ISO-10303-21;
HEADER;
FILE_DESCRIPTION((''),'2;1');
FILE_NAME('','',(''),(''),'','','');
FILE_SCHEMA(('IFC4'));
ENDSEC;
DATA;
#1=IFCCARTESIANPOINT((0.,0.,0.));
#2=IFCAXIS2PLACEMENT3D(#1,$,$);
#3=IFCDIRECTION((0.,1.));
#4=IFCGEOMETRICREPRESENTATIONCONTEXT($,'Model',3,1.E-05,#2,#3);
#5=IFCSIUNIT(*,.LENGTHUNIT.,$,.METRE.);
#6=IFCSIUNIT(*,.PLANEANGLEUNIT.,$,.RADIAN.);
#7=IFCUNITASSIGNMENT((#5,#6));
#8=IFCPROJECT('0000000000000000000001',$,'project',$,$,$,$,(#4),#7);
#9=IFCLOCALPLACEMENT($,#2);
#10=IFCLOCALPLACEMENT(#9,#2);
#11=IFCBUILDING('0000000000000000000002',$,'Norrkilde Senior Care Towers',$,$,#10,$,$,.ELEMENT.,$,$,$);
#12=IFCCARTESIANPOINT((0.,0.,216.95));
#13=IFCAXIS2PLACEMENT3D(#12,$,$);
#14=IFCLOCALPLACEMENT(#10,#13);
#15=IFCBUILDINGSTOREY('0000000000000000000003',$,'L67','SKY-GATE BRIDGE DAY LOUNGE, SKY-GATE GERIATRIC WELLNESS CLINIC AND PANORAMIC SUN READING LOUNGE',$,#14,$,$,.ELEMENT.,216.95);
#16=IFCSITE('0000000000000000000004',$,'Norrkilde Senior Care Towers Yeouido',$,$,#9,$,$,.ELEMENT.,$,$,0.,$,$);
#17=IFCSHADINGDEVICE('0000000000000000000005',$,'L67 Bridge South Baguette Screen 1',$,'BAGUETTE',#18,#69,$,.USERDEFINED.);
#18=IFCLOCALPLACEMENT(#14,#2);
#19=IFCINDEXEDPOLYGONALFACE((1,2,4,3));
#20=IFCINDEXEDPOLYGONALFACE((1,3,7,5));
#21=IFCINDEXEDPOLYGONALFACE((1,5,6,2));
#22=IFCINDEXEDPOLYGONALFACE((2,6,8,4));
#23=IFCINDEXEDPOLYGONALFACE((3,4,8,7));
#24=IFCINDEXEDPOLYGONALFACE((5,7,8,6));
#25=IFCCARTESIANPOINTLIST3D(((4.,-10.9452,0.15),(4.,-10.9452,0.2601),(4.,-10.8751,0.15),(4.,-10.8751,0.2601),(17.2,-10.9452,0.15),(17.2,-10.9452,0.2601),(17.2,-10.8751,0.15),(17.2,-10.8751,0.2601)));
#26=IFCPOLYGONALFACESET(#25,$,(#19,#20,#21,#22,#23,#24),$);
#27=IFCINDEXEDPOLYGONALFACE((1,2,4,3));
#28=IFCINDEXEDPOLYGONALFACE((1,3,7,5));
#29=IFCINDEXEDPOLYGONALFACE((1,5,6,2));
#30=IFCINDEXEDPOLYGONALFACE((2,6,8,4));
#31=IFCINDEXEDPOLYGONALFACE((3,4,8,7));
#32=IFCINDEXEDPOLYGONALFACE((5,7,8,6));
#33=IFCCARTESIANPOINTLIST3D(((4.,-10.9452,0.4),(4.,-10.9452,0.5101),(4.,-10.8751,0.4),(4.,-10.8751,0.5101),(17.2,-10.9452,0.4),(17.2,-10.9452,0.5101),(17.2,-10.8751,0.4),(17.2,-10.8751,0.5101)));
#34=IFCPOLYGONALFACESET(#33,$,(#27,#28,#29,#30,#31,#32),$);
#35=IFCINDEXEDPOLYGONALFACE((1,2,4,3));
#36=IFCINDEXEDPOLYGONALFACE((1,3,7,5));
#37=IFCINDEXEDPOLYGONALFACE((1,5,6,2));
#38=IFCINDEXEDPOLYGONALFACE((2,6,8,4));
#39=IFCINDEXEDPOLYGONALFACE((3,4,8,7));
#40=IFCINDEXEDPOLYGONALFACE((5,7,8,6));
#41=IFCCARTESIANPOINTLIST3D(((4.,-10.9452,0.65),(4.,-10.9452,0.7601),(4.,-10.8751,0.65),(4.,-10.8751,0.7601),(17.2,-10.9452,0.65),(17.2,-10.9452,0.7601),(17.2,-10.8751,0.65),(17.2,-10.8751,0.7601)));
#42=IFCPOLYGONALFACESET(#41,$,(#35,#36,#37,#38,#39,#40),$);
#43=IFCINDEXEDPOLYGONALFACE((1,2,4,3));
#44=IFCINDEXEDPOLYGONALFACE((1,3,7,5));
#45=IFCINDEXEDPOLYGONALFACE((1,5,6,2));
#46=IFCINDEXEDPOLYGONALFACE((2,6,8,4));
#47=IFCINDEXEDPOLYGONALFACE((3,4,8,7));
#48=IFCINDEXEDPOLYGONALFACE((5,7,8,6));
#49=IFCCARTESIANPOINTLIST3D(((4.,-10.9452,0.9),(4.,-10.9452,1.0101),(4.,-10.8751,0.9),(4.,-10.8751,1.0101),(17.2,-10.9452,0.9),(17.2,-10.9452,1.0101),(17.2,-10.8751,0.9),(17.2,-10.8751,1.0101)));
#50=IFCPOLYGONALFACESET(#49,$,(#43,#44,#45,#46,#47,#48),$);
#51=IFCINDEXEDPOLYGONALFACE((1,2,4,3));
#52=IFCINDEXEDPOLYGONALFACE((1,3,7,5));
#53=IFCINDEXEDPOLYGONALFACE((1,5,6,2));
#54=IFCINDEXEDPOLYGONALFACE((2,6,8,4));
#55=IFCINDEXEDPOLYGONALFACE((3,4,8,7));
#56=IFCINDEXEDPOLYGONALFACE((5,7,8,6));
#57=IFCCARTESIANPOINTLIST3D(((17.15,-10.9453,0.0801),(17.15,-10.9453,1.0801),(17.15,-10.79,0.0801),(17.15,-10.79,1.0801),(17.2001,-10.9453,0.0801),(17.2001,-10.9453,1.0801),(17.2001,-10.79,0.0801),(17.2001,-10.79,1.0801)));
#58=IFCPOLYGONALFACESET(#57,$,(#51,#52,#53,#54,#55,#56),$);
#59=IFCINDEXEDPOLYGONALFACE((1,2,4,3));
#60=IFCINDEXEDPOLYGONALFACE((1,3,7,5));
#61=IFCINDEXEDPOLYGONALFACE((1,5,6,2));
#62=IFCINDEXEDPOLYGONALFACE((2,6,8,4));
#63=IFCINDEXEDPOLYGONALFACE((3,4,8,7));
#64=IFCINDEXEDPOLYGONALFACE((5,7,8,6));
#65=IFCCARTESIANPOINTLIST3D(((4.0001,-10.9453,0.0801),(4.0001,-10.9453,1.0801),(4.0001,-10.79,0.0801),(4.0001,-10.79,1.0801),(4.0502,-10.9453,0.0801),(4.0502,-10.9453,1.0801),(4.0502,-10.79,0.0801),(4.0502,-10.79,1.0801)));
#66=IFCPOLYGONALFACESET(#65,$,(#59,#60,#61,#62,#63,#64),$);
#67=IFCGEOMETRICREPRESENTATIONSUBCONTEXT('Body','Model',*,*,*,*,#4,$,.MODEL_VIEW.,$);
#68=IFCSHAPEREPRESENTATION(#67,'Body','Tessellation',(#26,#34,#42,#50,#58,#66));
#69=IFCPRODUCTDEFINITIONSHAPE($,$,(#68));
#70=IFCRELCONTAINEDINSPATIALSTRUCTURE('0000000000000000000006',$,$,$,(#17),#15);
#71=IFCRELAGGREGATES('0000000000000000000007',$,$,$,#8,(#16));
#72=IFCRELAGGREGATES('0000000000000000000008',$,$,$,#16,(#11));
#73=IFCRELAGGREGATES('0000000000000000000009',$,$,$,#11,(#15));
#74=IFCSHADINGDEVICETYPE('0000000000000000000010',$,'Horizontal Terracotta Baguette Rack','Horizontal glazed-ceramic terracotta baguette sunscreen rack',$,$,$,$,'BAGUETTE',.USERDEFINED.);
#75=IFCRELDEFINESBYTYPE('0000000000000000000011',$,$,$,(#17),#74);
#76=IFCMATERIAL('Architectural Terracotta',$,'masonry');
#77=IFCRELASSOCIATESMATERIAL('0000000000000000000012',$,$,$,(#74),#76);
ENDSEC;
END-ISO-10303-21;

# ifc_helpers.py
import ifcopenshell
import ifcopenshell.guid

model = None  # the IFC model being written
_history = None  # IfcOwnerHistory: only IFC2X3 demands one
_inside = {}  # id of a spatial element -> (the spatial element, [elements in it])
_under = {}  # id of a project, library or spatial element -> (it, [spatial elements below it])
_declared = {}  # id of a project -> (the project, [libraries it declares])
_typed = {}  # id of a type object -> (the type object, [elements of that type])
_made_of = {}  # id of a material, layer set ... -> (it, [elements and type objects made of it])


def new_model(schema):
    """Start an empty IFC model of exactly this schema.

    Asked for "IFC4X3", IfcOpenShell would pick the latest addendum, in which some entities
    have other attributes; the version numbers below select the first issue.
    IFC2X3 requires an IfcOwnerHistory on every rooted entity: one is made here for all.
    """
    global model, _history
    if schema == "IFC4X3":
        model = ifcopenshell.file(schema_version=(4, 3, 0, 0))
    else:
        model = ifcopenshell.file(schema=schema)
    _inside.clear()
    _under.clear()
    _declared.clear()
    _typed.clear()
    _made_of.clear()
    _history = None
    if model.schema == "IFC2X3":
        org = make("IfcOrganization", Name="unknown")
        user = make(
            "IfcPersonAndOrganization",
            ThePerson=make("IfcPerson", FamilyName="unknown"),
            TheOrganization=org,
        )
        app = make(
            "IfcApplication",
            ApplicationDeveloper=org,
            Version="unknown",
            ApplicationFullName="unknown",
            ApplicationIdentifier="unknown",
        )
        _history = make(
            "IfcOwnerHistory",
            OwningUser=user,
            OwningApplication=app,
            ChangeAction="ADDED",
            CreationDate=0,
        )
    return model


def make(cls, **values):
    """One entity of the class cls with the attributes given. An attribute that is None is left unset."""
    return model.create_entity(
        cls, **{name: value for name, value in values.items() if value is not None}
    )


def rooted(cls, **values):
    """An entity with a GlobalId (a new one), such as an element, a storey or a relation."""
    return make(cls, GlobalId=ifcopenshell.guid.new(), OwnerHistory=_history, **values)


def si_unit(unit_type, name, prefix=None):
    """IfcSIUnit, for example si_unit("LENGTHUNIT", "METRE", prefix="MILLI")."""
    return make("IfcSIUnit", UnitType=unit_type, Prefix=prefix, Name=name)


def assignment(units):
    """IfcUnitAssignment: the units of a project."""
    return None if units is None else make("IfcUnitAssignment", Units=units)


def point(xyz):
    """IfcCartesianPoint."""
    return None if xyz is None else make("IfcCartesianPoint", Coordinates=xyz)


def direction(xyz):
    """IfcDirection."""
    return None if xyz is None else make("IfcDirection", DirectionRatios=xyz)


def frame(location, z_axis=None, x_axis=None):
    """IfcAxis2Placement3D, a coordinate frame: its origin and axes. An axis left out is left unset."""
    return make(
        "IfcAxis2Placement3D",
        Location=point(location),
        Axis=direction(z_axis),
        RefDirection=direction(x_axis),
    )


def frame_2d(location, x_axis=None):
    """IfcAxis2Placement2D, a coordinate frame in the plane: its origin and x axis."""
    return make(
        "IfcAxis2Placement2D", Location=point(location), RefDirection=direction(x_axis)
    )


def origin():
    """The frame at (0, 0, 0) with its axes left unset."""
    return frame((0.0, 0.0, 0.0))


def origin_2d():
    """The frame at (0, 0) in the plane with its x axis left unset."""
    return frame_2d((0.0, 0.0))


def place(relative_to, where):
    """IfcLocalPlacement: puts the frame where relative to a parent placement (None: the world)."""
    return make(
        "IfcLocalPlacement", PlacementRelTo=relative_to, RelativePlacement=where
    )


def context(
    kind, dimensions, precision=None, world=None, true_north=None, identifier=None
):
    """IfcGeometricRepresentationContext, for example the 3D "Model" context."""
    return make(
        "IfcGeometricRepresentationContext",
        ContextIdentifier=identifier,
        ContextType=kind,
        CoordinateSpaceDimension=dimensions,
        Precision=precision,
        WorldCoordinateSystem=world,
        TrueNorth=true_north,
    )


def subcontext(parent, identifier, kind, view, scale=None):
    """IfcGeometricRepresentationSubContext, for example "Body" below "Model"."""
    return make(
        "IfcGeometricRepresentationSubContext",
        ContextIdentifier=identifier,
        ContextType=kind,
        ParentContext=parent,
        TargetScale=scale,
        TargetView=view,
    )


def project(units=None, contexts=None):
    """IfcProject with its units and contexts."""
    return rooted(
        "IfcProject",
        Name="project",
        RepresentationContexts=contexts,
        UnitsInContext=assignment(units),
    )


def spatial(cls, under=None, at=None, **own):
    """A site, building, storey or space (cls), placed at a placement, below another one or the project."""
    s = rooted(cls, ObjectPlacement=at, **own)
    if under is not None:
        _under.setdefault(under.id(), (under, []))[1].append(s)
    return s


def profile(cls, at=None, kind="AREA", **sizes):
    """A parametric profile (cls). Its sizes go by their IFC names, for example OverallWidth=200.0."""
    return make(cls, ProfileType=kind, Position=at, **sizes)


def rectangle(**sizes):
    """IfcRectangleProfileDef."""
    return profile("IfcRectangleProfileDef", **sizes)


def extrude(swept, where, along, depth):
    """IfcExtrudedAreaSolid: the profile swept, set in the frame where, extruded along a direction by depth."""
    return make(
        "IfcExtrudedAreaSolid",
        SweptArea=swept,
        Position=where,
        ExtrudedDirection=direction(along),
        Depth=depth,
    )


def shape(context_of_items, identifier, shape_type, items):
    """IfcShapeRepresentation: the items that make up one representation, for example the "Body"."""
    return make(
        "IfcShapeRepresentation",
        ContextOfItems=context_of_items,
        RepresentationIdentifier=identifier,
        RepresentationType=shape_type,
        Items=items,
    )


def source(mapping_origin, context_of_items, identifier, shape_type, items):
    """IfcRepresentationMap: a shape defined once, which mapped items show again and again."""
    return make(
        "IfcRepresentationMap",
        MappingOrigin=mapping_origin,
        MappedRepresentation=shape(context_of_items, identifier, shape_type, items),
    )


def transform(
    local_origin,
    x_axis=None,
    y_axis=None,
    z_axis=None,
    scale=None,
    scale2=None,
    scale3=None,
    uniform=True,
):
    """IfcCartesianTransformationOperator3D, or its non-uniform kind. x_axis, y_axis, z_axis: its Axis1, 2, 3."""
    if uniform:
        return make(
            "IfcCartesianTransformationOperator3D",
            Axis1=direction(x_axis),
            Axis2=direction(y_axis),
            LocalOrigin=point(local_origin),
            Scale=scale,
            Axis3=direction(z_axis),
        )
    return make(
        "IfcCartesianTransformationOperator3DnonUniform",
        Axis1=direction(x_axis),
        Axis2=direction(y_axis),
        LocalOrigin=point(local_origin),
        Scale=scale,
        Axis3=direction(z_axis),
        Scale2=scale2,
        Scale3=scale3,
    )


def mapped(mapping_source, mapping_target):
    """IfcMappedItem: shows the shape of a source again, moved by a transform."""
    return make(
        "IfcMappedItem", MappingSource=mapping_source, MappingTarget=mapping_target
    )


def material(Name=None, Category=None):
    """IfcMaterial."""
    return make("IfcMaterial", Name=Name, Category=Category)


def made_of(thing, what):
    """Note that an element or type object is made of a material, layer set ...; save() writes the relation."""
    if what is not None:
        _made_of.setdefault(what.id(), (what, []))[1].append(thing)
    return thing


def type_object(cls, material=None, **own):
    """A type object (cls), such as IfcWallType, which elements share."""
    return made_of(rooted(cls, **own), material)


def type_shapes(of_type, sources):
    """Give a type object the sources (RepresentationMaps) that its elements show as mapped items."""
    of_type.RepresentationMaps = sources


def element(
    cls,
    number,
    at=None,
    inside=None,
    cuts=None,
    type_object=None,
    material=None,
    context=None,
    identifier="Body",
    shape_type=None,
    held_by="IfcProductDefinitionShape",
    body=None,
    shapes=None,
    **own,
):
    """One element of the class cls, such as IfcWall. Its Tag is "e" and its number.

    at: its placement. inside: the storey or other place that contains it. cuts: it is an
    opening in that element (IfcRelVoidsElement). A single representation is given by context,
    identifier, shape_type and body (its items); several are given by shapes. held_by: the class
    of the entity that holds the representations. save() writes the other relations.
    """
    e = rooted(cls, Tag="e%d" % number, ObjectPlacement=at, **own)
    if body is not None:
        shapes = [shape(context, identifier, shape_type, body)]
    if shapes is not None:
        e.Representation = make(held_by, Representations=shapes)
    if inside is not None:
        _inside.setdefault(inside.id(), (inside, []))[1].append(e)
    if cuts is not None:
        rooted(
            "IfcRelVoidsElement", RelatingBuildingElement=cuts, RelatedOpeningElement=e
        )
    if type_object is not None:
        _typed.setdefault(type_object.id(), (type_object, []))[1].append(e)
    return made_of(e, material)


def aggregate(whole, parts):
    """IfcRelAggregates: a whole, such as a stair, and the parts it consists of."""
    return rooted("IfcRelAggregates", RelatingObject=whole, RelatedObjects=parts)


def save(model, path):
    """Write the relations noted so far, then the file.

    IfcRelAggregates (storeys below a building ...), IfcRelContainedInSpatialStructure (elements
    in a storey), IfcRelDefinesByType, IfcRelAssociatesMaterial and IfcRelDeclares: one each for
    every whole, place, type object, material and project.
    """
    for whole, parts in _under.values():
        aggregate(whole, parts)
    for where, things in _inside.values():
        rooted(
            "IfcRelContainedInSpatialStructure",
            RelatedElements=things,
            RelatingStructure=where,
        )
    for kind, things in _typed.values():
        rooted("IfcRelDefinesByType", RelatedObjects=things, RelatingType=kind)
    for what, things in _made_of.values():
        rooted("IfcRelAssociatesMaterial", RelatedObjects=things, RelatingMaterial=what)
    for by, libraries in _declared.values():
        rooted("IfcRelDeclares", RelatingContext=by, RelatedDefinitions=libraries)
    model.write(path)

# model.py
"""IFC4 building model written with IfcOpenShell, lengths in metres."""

from ifc_helpers import new_model, si_unit, direction, frame, origin, origin_2d, place, context, subcontext, project, spatial, rectangle, extrude, source, transform, mapped, material, type_object, type_shapes, element, save


model = new_model("IFC4")

# Units and contexts
model_context = context("Model", 3, precision=1e-05, world=origin(), true_north=direction((0.0, 1.0)))
body_context = subcontext(model_context, "Body", "Model", "MODEL_VIEW")
ifc_project = project(units=[si_unit("LENGTHUNIT", "METRE"), si_unit("PLANEANGLEUNIT", "RADIAN")], contexts=[model_context])

# Site, building, storey
site_placement = place(None, origin())
site = spatial("IfcSite", under=ifc_project, at=site_placement, Name="Norrkilde Senior Care Towers Yeouido", CompositionType="ELEMENT", RefElevation=0.0)
building_placement = place(site_placement, origin())
building = spatial("IfcBuilding", under=site, at=building_placement, Name="Norrkilde Senior Care Towers", CompositionType="ELEMENT")
storey_placement = place(building_placement, frame((0.0, 0.0, 216.95)))
storey = spatial("IfcBuildingStorey", under=building, at=storey_placement, Name="L67", Description="SKY-GATE BRIDGE DAY LOUNGE, SKY-GATE GERIATRIC WELLNESS CLINIC AND PANORAMIC SUN READING LOUNGE", CompositionType="ELEMENT", Elevation=216.95)

# Shading device
ifc_material_1 = material(Name="Architectural Terracotta", Category="masonry")
shading_device_type = type_object("IfcShadingDeviceType", Name="Horizontal Terracotta Baguette Rack", Description="Horizontal glazed-ceramic terracotta baguette sunscreen rack", ElementType="BAGUETTE", PredefinedType="USERDEFINED", material=ifc_material_1)
shared_shape_1 = source(origin(), body_context, "Body", "SweptSolid", [
    extrude(rectangle(XDim=0.0701, YDim=0.1101, at=origin_2d()), frame((0.0, 0.0901, 0.125), z_axis=(1.0, 0.0, 0.0), x_axis=(0.0, 1.0, 0.0)), (0.0, 0.0, 1.0), 13.2),
    extrude(rectangle(XDim=0.0701, YDim=0.1101, at=origin_2d()), frame((0.0, 0.0901, 0.375), z_axis=(1.0, 0.0, 0.0), x_axis=(0.0, 1.0, 0.0)), (0.0, 0.0, 1.0), 13.2),
    extrude(rectangle(XDim=0.0701, YDim=0.1101, at=origin_2d()), frame((0.0, 0.0901, 0.625), z_axis=(1.0, 0.0, 0.0), x_axis=(0.0, 1.0, 0.0)), (0.0, 0.0, 1.0), 13.2),
    extrude(rectangle(XDim=0.0701, YDim=0.1101, at=origin_2d()), frame((0.0, 0.0901, 0.875), z_axis=(1.0, 0.0, 0.0), x_axis=(0.0, 1.0, 0.0)), (0.0, 0.0, 1.0), 13.2),
    extrude(rectangle(XDim=0.05, YDim=0.1553, at=origin_2d()), frame((0.0249, 0.0476, 0.0)), (0.0, 0.0, 1.0), 1.0),
    extrude(rectangle(XDim=0.05, YDim=0.1553, at=origin_2d()), frame((13.1748, 0.0476, 0.0)), (0.0, 0.0, 1.0), 1.0),
])
type_shapes(shading_device_type, [shared_shape_1])
shading_device_placement = place(storey_placement, frame((17.2, -10.8201, 0.0801), z_axis=(0.0, 0.0, 1.0), x_axis=(-1.0, 0.0, 0.0)))
element("IfcShadingDevice", 1, at=shading_device_placement, inside=storey, type_object=shading_device_type, Name="L67 Bridge South Baguette Screen 1", ObjectType="BAGUETTE", PredefinedType="USERDEFINED", context=body_context, shape_type="MappedRepresentation", body=[
    mapped(shared_shape_1, transform((0.0, 0.0, 0.0), x_axis=(1.0, 0.0, 0.0), y_axis=(0.0, 1.0, 0.0), z_axis=(0.0, 0.0, 1.0), scale=1.0)),
])

save(model, "model.ifc")
